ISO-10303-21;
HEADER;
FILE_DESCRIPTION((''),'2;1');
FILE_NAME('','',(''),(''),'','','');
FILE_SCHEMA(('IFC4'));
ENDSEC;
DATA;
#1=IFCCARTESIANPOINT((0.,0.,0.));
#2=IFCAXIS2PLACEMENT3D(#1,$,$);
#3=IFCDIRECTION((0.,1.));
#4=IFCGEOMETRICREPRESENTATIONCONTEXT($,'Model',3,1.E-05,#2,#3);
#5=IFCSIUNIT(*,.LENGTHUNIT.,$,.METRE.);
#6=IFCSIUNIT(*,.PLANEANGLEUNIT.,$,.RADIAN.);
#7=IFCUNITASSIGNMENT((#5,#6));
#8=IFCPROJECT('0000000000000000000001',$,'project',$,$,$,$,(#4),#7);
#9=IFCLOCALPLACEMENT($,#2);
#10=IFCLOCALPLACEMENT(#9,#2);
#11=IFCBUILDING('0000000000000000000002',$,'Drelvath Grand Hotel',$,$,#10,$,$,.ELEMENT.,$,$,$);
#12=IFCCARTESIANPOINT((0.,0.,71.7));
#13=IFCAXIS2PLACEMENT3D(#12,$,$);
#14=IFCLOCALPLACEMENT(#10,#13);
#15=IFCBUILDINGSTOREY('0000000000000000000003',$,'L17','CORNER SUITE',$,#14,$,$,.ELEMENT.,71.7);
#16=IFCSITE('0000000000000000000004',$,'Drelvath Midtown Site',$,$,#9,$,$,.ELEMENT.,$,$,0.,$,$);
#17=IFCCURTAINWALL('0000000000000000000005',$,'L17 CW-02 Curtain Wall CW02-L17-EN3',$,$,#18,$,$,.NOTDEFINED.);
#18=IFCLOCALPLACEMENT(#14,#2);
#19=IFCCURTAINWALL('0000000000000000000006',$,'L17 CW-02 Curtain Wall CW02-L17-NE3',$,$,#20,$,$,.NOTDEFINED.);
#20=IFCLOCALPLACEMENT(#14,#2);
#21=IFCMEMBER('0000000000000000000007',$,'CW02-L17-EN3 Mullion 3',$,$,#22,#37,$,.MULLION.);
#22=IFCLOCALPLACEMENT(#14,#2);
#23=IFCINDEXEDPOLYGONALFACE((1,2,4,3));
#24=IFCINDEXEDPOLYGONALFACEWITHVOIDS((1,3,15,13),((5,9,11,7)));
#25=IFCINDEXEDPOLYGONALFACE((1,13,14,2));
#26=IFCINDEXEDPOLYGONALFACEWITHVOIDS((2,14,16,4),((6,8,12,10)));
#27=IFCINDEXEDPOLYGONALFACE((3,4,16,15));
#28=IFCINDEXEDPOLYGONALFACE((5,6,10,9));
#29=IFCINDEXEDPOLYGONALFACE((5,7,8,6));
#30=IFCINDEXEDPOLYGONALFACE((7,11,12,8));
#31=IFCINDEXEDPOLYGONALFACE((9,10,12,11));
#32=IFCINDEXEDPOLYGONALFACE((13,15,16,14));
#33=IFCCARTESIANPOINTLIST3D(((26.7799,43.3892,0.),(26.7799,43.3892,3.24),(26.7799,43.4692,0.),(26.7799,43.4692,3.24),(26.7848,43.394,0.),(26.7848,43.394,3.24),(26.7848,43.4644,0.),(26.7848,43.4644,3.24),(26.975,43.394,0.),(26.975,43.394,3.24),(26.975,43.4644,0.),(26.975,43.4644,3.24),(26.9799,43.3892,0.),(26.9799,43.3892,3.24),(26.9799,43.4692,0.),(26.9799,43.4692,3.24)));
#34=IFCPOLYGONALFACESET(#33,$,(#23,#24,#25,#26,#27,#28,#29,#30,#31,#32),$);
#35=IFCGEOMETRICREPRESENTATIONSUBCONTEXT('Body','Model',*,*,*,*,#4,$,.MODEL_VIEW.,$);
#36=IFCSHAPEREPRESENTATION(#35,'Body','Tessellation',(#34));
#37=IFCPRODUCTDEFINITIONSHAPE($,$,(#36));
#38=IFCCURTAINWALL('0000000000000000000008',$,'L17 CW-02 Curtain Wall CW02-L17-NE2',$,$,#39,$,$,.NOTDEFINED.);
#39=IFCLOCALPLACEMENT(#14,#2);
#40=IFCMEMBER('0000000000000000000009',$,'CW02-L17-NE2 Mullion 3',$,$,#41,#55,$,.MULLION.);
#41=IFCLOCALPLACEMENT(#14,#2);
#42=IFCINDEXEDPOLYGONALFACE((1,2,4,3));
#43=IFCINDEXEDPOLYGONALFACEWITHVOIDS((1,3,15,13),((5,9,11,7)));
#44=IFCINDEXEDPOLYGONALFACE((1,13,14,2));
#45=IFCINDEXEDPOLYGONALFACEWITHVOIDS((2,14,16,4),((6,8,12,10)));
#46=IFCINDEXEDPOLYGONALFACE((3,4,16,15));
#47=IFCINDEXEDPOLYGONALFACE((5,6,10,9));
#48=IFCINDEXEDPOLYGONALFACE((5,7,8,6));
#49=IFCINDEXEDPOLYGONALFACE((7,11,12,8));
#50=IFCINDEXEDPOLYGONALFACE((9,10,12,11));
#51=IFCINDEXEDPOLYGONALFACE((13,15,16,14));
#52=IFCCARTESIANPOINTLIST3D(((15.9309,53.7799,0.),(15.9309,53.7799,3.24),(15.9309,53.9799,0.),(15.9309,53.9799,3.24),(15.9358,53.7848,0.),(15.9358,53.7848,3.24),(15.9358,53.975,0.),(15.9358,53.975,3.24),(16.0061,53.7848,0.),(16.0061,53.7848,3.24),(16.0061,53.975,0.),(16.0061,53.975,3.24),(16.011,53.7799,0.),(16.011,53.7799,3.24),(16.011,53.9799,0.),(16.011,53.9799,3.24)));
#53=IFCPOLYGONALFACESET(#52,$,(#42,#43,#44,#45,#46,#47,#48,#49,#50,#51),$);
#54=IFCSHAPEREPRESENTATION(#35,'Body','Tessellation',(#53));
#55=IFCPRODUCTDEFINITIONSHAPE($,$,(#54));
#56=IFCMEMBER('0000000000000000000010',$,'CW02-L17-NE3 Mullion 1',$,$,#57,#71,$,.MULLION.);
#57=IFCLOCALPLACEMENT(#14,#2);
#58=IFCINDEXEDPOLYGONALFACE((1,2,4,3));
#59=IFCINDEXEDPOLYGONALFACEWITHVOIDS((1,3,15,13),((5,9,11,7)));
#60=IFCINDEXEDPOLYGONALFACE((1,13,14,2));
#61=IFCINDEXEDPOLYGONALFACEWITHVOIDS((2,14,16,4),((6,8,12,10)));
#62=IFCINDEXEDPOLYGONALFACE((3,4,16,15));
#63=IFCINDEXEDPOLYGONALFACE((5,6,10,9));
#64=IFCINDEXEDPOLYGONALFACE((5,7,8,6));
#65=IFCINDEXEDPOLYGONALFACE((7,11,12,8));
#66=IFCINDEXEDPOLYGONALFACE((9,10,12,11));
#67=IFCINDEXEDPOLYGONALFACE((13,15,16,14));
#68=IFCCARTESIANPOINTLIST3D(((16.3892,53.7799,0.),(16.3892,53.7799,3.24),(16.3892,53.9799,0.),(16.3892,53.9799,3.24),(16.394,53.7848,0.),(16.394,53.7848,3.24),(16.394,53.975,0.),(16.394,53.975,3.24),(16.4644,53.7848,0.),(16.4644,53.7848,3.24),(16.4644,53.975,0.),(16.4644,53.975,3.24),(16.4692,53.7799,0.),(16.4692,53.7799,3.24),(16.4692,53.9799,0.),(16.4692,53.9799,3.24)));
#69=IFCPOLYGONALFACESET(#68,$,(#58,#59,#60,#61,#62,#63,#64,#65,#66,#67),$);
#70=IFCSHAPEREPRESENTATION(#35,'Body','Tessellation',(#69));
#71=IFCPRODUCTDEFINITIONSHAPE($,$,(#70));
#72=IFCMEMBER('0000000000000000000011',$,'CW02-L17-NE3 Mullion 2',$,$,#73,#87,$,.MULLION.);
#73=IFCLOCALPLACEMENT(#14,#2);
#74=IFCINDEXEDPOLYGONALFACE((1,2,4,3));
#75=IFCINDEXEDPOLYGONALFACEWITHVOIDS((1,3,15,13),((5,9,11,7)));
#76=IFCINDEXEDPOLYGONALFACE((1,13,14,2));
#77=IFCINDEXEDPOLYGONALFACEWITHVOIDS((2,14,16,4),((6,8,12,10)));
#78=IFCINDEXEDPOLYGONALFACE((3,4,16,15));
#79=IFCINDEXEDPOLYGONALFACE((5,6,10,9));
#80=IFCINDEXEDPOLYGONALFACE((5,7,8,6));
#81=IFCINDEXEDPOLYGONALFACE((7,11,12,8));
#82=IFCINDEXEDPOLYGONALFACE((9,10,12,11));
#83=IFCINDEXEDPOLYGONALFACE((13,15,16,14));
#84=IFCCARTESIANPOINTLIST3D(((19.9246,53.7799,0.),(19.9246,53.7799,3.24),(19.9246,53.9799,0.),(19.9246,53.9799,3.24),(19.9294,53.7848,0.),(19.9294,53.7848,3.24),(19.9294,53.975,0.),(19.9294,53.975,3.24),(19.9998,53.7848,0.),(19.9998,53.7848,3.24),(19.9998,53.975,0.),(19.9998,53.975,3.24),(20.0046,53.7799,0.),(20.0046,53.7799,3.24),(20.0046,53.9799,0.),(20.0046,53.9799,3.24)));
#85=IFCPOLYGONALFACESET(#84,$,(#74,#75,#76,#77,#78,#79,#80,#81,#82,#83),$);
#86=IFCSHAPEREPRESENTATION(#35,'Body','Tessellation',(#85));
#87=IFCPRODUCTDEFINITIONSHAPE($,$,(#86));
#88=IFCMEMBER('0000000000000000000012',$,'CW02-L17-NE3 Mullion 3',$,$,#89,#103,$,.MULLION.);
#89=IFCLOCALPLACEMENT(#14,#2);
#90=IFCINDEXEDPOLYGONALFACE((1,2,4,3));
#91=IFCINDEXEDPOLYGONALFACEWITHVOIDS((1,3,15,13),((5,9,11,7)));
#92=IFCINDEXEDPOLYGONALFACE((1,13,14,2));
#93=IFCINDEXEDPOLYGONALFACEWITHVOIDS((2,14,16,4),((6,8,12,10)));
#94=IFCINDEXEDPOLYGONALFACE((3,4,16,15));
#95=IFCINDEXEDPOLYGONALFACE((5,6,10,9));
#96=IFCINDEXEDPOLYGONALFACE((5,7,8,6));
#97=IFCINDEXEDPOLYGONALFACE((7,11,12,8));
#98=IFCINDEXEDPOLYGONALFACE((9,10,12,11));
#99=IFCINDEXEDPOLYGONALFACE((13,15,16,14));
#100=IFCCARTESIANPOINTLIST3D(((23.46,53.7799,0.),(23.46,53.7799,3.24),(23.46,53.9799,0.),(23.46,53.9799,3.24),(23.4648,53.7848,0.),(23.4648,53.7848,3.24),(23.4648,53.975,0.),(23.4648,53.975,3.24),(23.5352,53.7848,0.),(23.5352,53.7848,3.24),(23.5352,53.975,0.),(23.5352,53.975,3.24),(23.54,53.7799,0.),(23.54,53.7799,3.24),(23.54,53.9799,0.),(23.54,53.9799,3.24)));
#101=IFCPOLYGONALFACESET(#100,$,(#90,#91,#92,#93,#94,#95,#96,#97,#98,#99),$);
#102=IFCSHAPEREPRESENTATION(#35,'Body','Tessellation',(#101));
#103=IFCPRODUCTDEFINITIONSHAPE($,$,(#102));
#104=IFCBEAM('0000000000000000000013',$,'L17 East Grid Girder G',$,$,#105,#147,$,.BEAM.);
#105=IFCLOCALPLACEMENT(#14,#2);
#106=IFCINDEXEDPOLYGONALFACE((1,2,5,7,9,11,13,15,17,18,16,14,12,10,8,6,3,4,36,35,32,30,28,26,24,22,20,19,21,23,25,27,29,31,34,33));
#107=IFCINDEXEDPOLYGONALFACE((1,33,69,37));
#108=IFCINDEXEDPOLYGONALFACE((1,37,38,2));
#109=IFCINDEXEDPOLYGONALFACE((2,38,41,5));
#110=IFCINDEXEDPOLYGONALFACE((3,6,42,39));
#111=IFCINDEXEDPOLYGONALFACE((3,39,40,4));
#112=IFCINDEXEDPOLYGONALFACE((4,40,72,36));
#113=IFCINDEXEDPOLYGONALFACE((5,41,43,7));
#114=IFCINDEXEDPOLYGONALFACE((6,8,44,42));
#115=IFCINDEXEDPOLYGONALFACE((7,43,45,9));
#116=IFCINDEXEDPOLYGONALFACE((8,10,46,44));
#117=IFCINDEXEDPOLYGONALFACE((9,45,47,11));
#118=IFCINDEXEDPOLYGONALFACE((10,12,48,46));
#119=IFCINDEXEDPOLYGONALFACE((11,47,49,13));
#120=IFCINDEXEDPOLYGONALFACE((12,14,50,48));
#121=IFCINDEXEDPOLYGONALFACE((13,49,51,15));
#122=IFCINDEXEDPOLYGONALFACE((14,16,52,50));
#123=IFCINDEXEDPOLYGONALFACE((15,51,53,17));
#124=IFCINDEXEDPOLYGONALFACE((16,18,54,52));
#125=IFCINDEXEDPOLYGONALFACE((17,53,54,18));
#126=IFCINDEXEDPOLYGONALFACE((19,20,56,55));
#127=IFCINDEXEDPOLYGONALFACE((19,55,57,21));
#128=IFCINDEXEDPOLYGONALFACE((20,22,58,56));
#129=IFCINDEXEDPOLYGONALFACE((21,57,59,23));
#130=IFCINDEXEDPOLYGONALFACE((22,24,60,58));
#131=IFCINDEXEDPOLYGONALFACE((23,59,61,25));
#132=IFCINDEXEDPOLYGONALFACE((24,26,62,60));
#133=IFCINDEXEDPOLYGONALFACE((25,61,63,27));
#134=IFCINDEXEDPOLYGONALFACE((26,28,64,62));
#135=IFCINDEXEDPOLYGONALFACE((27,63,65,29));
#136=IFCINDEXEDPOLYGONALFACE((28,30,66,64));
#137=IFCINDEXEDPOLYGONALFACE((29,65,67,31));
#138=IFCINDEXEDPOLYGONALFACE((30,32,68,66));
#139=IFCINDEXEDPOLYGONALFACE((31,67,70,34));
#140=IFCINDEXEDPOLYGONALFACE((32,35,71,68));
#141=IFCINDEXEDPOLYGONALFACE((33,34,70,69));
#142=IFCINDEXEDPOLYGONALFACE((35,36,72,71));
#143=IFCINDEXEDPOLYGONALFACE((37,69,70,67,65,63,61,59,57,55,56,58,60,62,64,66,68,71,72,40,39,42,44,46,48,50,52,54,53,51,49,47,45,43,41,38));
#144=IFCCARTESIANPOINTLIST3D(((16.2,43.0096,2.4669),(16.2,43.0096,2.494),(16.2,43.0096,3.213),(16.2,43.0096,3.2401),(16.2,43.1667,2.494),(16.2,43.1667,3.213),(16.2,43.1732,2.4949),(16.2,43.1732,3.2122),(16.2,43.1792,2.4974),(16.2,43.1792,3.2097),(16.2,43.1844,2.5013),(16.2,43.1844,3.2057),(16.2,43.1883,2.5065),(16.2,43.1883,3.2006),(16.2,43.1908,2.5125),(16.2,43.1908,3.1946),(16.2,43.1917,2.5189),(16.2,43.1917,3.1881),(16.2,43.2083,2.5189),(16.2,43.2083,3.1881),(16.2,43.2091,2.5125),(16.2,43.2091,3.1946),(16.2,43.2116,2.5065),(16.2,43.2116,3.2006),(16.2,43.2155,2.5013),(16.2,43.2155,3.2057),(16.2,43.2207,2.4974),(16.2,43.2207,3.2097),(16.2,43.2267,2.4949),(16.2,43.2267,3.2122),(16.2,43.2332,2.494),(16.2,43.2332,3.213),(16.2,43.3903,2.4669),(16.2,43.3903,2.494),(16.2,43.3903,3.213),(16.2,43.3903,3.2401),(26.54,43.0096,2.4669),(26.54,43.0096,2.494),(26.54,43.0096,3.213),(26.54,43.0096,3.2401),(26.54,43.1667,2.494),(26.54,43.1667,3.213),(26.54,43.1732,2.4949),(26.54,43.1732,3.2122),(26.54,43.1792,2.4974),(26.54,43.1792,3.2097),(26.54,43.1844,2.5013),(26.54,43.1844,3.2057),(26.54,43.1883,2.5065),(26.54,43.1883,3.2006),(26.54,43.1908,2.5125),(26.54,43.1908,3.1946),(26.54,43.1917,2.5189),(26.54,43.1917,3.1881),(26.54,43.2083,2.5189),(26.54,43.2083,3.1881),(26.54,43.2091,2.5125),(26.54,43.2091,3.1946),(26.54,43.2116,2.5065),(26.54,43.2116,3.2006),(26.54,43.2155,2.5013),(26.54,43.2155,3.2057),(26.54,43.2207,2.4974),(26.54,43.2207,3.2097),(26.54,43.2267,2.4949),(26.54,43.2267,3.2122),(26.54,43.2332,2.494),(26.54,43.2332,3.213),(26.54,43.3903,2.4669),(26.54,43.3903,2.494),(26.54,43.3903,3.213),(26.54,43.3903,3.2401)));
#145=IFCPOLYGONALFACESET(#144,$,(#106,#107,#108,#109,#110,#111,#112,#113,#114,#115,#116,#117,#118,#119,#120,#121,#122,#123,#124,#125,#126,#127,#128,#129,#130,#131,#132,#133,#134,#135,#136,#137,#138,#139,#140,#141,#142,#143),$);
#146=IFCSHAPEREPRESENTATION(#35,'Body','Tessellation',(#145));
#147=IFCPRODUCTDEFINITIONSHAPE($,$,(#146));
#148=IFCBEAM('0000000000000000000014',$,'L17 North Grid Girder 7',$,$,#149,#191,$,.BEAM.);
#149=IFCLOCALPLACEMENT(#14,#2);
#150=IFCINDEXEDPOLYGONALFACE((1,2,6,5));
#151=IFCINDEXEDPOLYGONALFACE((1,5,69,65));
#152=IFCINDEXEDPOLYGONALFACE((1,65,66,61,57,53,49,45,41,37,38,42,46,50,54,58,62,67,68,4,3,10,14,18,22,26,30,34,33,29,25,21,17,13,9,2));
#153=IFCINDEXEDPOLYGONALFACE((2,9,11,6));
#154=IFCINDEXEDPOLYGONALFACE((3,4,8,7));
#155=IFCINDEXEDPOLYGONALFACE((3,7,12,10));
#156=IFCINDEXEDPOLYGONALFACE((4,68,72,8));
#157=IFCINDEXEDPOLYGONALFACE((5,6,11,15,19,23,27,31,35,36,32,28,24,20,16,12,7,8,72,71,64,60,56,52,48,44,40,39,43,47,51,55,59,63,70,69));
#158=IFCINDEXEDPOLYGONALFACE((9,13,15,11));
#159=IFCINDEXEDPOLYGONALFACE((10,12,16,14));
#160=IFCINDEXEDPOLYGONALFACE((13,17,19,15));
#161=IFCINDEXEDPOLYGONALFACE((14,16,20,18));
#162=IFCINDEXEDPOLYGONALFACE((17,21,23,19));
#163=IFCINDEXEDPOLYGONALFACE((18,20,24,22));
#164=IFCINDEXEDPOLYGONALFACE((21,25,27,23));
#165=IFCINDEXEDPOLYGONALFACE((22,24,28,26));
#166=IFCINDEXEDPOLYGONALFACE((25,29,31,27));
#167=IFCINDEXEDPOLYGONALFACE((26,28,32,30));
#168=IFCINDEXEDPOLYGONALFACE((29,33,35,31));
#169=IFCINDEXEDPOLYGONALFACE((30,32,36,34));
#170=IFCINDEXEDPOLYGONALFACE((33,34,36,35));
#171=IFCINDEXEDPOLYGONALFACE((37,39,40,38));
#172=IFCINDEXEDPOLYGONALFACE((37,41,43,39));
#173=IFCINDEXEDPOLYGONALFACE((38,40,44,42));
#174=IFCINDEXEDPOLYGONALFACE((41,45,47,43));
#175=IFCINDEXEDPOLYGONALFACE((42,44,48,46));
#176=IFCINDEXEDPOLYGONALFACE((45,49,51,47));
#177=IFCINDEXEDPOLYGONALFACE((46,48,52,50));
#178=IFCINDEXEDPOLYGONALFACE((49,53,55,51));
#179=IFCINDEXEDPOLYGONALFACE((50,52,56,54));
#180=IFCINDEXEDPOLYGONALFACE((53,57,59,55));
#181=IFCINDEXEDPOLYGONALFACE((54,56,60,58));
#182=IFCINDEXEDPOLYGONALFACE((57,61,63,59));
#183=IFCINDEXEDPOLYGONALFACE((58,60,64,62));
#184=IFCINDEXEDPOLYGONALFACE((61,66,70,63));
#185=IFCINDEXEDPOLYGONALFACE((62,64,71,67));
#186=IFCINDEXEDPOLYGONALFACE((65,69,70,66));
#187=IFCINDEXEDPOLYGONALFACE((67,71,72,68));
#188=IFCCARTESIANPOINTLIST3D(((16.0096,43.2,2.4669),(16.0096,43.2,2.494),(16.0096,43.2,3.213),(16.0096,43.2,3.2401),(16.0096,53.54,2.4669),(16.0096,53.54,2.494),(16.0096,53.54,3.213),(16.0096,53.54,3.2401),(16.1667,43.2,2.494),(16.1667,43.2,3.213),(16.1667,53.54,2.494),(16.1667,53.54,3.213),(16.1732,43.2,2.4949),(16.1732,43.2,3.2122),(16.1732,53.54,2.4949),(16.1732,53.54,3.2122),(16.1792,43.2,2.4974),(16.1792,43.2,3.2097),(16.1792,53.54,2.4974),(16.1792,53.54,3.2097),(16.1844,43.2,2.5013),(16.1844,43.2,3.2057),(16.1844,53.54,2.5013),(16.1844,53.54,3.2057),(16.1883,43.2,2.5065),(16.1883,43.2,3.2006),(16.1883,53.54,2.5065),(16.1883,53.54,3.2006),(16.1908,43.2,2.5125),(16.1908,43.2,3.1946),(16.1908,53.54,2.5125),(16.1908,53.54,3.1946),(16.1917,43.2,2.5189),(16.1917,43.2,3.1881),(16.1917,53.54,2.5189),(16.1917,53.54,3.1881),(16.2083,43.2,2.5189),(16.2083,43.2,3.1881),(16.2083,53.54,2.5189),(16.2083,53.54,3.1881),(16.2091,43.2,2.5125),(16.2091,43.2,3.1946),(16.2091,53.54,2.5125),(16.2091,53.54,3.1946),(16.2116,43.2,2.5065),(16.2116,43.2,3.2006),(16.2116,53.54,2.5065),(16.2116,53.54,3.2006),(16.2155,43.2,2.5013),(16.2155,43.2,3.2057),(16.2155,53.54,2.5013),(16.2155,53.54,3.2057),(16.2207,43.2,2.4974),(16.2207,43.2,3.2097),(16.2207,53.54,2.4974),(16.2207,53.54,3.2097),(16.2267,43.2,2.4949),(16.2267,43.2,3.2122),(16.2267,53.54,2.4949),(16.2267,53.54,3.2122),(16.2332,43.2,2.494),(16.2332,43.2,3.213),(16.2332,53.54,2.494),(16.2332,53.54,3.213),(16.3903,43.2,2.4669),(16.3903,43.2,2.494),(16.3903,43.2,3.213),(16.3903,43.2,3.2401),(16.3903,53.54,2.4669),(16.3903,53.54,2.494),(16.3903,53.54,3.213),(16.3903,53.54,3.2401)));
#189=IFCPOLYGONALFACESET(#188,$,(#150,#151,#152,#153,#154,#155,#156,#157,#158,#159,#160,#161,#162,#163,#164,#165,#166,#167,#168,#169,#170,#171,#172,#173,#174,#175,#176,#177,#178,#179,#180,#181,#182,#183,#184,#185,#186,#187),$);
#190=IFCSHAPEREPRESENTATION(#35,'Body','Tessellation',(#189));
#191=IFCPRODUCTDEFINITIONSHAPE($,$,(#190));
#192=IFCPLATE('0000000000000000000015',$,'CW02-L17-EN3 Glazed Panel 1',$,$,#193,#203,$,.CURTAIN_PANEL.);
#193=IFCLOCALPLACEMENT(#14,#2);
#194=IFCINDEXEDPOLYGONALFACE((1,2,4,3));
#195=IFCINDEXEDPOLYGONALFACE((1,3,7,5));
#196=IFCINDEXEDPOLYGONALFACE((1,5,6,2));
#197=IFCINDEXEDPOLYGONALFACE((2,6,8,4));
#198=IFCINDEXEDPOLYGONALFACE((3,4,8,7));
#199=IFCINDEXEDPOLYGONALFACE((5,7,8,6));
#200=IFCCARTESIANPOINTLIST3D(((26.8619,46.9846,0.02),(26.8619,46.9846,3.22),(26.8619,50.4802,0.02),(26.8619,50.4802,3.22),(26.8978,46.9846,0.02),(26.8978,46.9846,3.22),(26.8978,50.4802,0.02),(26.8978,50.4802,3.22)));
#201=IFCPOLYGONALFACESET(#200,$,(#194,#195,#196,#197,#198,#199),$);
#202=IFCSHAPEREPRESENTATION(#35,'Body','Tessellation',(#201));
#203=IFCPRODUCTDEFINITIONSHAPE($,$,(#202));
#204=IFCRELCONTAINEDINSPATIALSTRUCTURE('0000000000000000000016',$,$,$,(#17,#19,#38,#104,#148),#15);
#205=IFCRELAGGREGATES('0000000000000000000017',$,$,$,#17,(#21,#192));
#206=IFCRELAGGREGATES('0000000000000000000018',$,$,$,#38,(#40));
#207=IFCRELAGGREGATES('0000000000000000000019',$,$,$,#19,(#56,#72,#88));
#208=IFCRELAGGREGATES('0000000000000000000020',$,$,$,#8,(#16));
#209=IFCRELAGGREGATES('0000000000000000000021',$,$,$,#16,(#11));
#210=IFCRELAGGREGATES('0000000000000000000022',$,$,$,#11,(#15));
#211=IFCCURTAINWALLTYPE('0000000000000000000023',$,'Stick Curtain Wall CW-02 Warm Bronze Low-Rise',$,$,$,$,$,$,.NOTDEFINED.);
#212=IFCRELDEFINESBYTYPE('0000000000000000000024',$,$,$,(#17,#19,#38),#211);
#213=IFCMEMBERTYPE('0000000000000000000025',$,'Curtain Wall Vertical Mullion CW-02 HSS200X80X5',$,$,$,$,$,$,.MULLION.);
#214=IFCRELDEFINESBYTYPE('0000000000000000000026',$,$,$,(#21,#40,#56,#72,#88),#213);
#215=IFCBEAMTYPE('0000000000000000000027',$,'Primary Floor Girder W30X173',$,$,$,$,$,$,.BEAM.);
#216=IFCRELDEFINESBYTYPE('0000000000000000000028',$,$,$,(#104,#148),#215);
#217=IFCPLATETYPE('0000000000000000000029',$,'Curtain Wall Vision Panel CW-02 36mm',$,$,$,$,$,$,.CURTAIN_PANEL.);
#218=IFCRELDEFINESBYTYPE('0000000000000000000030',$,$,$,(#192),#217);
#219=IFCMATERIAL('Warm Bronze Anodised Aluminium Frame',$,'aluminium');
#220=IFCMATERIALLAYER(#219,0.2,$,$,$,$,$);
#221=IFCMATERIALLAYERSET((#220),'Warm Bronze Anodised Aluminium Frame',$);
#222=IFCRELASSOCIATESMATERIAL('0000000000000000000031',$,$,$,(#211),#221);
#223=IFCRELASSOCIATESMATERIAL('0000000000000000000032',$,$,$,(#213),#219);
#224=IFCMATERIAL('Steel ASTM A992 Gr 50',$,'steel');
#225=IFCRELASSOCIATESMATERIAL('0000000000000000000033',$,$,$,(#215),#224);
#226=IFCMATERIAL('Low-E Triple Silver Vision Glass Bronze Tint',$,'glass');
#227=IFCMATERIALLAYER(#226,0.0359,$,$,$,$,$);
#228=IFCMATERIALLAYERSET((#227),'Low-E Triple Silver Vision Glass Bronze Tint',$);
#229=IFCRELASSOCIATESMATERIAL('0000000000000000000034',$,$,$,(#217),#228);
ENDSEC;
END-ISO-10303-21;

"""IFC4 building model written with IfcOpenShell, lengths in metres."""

from ifc_helpers import new_model, si_unit, direction, frame, origin, origin_2d, place, context, subcontext, project, spatial, rectangle, hollow_rectangle, i_section, extrude, material, layer, layer_set, material_profile, profile_set, type_object, element, aggregate, save


model = new_model("IFC4")

# Units and contexts
model_context = context("Model", 3, precision=1e-05, world=origin(), true_north=direction((0.0, 1.0)))
body_context = subcontext(model_context, "Body", "Model", "MODEL_VIEW")
ifc_project = project(units=[si_unit("LENGTHUNIT", "METRE"), si_unit("PLANEANGLEUNIT", "RADIAN")], contexts=[model_context])

# Site, building, storey
site_placement = place(None, origin())
site = spatial("IfcSite", under=ifc_project, at=site_placement, Name="Drelvath Midtown Site", CompositionType="ELEMENT", RefElevation=0.0)
building_placement = place(site_placement, origin())
building = spatial("IfcBuilding", under=site, at=building_placement, Name="Drelvath Grand Hotel", CompositionType="ELEMENT")
storey_placement = place(building_placement, frame((0.0, 0.0, 71.7)))
storey = spatial("IfcBuildingStorey", under=building, at=storey_placement, Name="L17", Description="CORNER SUITE", CompositionType="ELEMENT", Elevation=71.7)

# Curtain walls
ifc_material_1 = material(Name="Warm Bronze Anodised Aluminium Frame", Category="aluminium")
ifc_layer_1 = layer(ifc_material_1, 0.2)
ifc_layer_set_1 = layer_set([ifc_layer_1], Name="Warm Bronze Anodised Aluminium Frame")
curtain_wall_type = type_object("IfcCurtainWallType", Name="Stick Curtain Wall CW-02 Warm Bronze Low-Rise", PredefinedType="NOTDEFINED", material=ifc_layer_set_1)
curtain_wall_1_placement = place(storey_placement, origin())
curtain_wall_1 = element("IfcCurtainWall", 1, at=curtain_wall_1_placement, inside=storey, type_object=curtain_wall_type, Name="L17 CW-02 Curtain Wall CW02-L17-EN3", PredefinedType="NOTDEFINED")
curtain_wall_2_placement = place(storey_placement, origin())
curtain_wall_2 = element("IfcCurtainWall", 2, at=curtain_wall_2_placement, inside=storey, type_object=curtain_wall_type, Name="L17 CW-02 Curtain Wall CW02-L17-NE3", PredefinedType="NOTDEFINED")

# Member
ifc_material_profile_1 = material_profile(ifc_material_1, hollow_rectangle(XDim=0.0801, YDim=0.2, WallThickness=0.0049, at=origin_2d()), Name="HSS200X80X5")
ifc_profile_set_1 = profile_set([ifc_material_profile_1], Name="Warm Bronze Anodised Aluminium Frame")
member_type_1 = type_object("IfcMemberType", Name="Curtain Wall Vertical Mullion CW-02 HSS200X80X5", PredefinedType="MULLION", material=ifc_profile_set_1)
member_1_placement = place(storey_placement, frame((26.8799, 43.4292, 0.0), z_axis=(0.0, 0.0, 1.0), x_axis=(0.0, 1.0, 0.0)))
member_1 = element("IfcMember", 3, at=member_1_placement, type_object=member_type_1, Name="CW02-L17-EN3 Mullion 3", PredefinedType="MULLION", context=body_context, shape_type="SweptSolid", body=[
    extrude(hollow_rectangle(XDim=0.0801, YDim=0.2, WallThickness=0.0049, at=origin_2d()), origin(), (0.0, 0.0, 1.0), 3.24),
])

# Curtain wall, member
curtain_wall_3_placement = place(storey_placement, origin())
curtain_wall_3 = element("IfcCurtainWall", 4, at=curtain_wall_3_placement, inside=storey, type_object=curtain_wall_type, Name="L17 CW-02 Curtain Wall CW02-L17-NE2", PredefinedType="NOTDEFINED")
member_2_placement = place(storey_placement, frame((15.9709, 53.8799, 0.0), z_axis=(0.0, 0.0, 1.0), x_axis=(1.0, 0.0, 0.0)))
member_2 = element("IfcMember", 5, at=member_2_placement, type_object=member_type_1, Name="CW02-L17-NE2 Mullion 3", PredefinedType="MULLION", context=body_context, shape_type="SweptSolid", body=[
    extrude(hollow_rectangle(XDim=0.0801, YDim=0.2, WallThickness=0.0049, at=origin_2d()), origin(), (0.0, 0.0, 1.0), 3.24),
])

# Members
member_3_placement = place(storey_placement, frame((16.4292, 53.8799, 0.0), z_axis=(0.0, 0.0, 1.0), x_axis=(1.0, 0.0, 0.0)))
member_3 = element("IfcMember", 6, at=member_3_placement, type_object=member_type_1, Name="CW02-L17-NE3 Mullion 1", PredefinedType="MULLION", context=body_context, shape_type="SweptSolid", body=[
    extrude(hollow_rectangle(XDim=0.0801, YDim=0.2, WallThickness=0.0049, at=origin_2d()), origin(), (0.0, 0.0, 1.0), 3.24),
])
member_4_placement = place(storey_placement, frame((19.9646, 53.8799, 0.0), z_axis=(0.0, 0.0, 1.0), x_axis=(1.0, 0.0, 0.0)))
member_4 = element("IfcMember", 7, at=member_4_placement, type_object=member_type_1, Name="CW02-L17-NE3 Mullion 2", PredefinedType="MULLION", context=body_context, shape_type="SweptSolid", body=[
    extrude(hollow_rectangle(XDim=0.0801, YDim=0.2, WallThickness=0.0049, at=origin_2d()), origin(), (0.0, 0.0, 1.0), 3.24),
])
member_5_placement = place(storey_placement, frame((23.5, 53.8799, 0.0), z_axis=(0.0, 0.0, 1.0), x_axis=(1.0, 0.0, 0.0)))
member_5 = element("IfcMember", 8, at=member_5_placement, type_object=member_type_1, Name="CW02-L17-NE3 Mullion 3", PredefinedType="MULLION", context=body_context, shape_type="SweptSolid", body=[
    extrude(hollow_rectangle(XDim=0.0801, YDim=0.2, WallThickness=0.0049, at=origin_2d()), origin(), (0.0, 0.0, 1.0), 3.24),
])

# Beams
ifc_material_2 = material(Name="Steel ASTM A992 Gr 50", Category="steel")
ifc_material_profile_2 = material_profile(ifc_material_2, i_section(OverallWidth=0.3806, OverallDepth=0.7732, WebThickness=0.0166, FlangeThickness=0.0271, FilletRadius=0.0249, at=origin_2d()), Name="W30X173")
ifc_profile_set_2 = profile_set([ifc_material_profile_2], Name="Steel ASTM A992 Gr 50")
beam_type = type_object("IfcBeamType", Name="Primary Floor Girder W30X173", PredefinedType="BEAM", material=ifc_profile_set_2)
for number, where, z_axis, x_axis, name in (
    (9, (16.2, 43.2, 2.8535), (1.0, 0.0, 0.0), (0.0, 1.0, 0.0), "L17 East Grid Girder G"),
    (10, (16.2, 43.2, 2.8535), (0.0, 1.0, 0.0), (-1.0, 0.0, 0.0), "L17 North Grid Girder 7"),
):
    element("IfcBeam", number, at=place(storey_placement, frame(where, z_axis=z_axis, x_axis=x_axis)), inside=storey, type_object=beam_type, Name=name, PredefinedType="BEAM", context=body_context, shape_type="SweptSolid", body=[
        extrude(i_section(OverallWidth=0.3806, OverallDepth=0.7732, WebThickness=0.0166, FlangeThickness=0.0271, FilletRadius=0.0249, at=origin_2d()), origin(), (0.0, 0.0, 1.0), 10.3401),
    ])

# Plate
ifc_material_3 = material(Name="Low-E Triple Silver Vision Glass Bronze Tint", Category="glass")
ifc_layer_2 = layer(ifc_material_3, 0.0359)
ifc_layer_set_2 = layer_set([ifc_layer_2], Name="Low-E Triple Silver Vision Glass Bronze Tint")
plate_type = type_object("IfcPlateType", Name="Curtain Wall Vision Panel CW-02 36mm", PredefinedType="CURTAIN_PANEL", material=ifc_layer_set_2)
plate_1_placement = place(storey_placement, frame((26.8799, 48.7324, 0.02), z_axis=(0.0, 0.0, 1.0), x_axis=(0.0, -1.0, 0.0)))
plate_1 = element("IfcPlate", 11, at=plate_1_placement, type_object=plate_type, Name="CW02-L17-EN3 Glazed Panel 1", PredefinedType="CURTAIN_PANEL", context=body_context, shape_type="SweptSolid", body=[
    extrude(rectangle(XDim=3.4956, YDim=0.0359, at=origin_2d()), origin(), (0.0, 0.0, 1.0), 3.2),
])
aggregate(curtain_wall_1, [member_1, plate_1])
aggregate(curtain_wall_3, [member_2])
aggregate(curtain_wall_2, [member_3, member_4, member_5])

save(model, "model.ifc")
